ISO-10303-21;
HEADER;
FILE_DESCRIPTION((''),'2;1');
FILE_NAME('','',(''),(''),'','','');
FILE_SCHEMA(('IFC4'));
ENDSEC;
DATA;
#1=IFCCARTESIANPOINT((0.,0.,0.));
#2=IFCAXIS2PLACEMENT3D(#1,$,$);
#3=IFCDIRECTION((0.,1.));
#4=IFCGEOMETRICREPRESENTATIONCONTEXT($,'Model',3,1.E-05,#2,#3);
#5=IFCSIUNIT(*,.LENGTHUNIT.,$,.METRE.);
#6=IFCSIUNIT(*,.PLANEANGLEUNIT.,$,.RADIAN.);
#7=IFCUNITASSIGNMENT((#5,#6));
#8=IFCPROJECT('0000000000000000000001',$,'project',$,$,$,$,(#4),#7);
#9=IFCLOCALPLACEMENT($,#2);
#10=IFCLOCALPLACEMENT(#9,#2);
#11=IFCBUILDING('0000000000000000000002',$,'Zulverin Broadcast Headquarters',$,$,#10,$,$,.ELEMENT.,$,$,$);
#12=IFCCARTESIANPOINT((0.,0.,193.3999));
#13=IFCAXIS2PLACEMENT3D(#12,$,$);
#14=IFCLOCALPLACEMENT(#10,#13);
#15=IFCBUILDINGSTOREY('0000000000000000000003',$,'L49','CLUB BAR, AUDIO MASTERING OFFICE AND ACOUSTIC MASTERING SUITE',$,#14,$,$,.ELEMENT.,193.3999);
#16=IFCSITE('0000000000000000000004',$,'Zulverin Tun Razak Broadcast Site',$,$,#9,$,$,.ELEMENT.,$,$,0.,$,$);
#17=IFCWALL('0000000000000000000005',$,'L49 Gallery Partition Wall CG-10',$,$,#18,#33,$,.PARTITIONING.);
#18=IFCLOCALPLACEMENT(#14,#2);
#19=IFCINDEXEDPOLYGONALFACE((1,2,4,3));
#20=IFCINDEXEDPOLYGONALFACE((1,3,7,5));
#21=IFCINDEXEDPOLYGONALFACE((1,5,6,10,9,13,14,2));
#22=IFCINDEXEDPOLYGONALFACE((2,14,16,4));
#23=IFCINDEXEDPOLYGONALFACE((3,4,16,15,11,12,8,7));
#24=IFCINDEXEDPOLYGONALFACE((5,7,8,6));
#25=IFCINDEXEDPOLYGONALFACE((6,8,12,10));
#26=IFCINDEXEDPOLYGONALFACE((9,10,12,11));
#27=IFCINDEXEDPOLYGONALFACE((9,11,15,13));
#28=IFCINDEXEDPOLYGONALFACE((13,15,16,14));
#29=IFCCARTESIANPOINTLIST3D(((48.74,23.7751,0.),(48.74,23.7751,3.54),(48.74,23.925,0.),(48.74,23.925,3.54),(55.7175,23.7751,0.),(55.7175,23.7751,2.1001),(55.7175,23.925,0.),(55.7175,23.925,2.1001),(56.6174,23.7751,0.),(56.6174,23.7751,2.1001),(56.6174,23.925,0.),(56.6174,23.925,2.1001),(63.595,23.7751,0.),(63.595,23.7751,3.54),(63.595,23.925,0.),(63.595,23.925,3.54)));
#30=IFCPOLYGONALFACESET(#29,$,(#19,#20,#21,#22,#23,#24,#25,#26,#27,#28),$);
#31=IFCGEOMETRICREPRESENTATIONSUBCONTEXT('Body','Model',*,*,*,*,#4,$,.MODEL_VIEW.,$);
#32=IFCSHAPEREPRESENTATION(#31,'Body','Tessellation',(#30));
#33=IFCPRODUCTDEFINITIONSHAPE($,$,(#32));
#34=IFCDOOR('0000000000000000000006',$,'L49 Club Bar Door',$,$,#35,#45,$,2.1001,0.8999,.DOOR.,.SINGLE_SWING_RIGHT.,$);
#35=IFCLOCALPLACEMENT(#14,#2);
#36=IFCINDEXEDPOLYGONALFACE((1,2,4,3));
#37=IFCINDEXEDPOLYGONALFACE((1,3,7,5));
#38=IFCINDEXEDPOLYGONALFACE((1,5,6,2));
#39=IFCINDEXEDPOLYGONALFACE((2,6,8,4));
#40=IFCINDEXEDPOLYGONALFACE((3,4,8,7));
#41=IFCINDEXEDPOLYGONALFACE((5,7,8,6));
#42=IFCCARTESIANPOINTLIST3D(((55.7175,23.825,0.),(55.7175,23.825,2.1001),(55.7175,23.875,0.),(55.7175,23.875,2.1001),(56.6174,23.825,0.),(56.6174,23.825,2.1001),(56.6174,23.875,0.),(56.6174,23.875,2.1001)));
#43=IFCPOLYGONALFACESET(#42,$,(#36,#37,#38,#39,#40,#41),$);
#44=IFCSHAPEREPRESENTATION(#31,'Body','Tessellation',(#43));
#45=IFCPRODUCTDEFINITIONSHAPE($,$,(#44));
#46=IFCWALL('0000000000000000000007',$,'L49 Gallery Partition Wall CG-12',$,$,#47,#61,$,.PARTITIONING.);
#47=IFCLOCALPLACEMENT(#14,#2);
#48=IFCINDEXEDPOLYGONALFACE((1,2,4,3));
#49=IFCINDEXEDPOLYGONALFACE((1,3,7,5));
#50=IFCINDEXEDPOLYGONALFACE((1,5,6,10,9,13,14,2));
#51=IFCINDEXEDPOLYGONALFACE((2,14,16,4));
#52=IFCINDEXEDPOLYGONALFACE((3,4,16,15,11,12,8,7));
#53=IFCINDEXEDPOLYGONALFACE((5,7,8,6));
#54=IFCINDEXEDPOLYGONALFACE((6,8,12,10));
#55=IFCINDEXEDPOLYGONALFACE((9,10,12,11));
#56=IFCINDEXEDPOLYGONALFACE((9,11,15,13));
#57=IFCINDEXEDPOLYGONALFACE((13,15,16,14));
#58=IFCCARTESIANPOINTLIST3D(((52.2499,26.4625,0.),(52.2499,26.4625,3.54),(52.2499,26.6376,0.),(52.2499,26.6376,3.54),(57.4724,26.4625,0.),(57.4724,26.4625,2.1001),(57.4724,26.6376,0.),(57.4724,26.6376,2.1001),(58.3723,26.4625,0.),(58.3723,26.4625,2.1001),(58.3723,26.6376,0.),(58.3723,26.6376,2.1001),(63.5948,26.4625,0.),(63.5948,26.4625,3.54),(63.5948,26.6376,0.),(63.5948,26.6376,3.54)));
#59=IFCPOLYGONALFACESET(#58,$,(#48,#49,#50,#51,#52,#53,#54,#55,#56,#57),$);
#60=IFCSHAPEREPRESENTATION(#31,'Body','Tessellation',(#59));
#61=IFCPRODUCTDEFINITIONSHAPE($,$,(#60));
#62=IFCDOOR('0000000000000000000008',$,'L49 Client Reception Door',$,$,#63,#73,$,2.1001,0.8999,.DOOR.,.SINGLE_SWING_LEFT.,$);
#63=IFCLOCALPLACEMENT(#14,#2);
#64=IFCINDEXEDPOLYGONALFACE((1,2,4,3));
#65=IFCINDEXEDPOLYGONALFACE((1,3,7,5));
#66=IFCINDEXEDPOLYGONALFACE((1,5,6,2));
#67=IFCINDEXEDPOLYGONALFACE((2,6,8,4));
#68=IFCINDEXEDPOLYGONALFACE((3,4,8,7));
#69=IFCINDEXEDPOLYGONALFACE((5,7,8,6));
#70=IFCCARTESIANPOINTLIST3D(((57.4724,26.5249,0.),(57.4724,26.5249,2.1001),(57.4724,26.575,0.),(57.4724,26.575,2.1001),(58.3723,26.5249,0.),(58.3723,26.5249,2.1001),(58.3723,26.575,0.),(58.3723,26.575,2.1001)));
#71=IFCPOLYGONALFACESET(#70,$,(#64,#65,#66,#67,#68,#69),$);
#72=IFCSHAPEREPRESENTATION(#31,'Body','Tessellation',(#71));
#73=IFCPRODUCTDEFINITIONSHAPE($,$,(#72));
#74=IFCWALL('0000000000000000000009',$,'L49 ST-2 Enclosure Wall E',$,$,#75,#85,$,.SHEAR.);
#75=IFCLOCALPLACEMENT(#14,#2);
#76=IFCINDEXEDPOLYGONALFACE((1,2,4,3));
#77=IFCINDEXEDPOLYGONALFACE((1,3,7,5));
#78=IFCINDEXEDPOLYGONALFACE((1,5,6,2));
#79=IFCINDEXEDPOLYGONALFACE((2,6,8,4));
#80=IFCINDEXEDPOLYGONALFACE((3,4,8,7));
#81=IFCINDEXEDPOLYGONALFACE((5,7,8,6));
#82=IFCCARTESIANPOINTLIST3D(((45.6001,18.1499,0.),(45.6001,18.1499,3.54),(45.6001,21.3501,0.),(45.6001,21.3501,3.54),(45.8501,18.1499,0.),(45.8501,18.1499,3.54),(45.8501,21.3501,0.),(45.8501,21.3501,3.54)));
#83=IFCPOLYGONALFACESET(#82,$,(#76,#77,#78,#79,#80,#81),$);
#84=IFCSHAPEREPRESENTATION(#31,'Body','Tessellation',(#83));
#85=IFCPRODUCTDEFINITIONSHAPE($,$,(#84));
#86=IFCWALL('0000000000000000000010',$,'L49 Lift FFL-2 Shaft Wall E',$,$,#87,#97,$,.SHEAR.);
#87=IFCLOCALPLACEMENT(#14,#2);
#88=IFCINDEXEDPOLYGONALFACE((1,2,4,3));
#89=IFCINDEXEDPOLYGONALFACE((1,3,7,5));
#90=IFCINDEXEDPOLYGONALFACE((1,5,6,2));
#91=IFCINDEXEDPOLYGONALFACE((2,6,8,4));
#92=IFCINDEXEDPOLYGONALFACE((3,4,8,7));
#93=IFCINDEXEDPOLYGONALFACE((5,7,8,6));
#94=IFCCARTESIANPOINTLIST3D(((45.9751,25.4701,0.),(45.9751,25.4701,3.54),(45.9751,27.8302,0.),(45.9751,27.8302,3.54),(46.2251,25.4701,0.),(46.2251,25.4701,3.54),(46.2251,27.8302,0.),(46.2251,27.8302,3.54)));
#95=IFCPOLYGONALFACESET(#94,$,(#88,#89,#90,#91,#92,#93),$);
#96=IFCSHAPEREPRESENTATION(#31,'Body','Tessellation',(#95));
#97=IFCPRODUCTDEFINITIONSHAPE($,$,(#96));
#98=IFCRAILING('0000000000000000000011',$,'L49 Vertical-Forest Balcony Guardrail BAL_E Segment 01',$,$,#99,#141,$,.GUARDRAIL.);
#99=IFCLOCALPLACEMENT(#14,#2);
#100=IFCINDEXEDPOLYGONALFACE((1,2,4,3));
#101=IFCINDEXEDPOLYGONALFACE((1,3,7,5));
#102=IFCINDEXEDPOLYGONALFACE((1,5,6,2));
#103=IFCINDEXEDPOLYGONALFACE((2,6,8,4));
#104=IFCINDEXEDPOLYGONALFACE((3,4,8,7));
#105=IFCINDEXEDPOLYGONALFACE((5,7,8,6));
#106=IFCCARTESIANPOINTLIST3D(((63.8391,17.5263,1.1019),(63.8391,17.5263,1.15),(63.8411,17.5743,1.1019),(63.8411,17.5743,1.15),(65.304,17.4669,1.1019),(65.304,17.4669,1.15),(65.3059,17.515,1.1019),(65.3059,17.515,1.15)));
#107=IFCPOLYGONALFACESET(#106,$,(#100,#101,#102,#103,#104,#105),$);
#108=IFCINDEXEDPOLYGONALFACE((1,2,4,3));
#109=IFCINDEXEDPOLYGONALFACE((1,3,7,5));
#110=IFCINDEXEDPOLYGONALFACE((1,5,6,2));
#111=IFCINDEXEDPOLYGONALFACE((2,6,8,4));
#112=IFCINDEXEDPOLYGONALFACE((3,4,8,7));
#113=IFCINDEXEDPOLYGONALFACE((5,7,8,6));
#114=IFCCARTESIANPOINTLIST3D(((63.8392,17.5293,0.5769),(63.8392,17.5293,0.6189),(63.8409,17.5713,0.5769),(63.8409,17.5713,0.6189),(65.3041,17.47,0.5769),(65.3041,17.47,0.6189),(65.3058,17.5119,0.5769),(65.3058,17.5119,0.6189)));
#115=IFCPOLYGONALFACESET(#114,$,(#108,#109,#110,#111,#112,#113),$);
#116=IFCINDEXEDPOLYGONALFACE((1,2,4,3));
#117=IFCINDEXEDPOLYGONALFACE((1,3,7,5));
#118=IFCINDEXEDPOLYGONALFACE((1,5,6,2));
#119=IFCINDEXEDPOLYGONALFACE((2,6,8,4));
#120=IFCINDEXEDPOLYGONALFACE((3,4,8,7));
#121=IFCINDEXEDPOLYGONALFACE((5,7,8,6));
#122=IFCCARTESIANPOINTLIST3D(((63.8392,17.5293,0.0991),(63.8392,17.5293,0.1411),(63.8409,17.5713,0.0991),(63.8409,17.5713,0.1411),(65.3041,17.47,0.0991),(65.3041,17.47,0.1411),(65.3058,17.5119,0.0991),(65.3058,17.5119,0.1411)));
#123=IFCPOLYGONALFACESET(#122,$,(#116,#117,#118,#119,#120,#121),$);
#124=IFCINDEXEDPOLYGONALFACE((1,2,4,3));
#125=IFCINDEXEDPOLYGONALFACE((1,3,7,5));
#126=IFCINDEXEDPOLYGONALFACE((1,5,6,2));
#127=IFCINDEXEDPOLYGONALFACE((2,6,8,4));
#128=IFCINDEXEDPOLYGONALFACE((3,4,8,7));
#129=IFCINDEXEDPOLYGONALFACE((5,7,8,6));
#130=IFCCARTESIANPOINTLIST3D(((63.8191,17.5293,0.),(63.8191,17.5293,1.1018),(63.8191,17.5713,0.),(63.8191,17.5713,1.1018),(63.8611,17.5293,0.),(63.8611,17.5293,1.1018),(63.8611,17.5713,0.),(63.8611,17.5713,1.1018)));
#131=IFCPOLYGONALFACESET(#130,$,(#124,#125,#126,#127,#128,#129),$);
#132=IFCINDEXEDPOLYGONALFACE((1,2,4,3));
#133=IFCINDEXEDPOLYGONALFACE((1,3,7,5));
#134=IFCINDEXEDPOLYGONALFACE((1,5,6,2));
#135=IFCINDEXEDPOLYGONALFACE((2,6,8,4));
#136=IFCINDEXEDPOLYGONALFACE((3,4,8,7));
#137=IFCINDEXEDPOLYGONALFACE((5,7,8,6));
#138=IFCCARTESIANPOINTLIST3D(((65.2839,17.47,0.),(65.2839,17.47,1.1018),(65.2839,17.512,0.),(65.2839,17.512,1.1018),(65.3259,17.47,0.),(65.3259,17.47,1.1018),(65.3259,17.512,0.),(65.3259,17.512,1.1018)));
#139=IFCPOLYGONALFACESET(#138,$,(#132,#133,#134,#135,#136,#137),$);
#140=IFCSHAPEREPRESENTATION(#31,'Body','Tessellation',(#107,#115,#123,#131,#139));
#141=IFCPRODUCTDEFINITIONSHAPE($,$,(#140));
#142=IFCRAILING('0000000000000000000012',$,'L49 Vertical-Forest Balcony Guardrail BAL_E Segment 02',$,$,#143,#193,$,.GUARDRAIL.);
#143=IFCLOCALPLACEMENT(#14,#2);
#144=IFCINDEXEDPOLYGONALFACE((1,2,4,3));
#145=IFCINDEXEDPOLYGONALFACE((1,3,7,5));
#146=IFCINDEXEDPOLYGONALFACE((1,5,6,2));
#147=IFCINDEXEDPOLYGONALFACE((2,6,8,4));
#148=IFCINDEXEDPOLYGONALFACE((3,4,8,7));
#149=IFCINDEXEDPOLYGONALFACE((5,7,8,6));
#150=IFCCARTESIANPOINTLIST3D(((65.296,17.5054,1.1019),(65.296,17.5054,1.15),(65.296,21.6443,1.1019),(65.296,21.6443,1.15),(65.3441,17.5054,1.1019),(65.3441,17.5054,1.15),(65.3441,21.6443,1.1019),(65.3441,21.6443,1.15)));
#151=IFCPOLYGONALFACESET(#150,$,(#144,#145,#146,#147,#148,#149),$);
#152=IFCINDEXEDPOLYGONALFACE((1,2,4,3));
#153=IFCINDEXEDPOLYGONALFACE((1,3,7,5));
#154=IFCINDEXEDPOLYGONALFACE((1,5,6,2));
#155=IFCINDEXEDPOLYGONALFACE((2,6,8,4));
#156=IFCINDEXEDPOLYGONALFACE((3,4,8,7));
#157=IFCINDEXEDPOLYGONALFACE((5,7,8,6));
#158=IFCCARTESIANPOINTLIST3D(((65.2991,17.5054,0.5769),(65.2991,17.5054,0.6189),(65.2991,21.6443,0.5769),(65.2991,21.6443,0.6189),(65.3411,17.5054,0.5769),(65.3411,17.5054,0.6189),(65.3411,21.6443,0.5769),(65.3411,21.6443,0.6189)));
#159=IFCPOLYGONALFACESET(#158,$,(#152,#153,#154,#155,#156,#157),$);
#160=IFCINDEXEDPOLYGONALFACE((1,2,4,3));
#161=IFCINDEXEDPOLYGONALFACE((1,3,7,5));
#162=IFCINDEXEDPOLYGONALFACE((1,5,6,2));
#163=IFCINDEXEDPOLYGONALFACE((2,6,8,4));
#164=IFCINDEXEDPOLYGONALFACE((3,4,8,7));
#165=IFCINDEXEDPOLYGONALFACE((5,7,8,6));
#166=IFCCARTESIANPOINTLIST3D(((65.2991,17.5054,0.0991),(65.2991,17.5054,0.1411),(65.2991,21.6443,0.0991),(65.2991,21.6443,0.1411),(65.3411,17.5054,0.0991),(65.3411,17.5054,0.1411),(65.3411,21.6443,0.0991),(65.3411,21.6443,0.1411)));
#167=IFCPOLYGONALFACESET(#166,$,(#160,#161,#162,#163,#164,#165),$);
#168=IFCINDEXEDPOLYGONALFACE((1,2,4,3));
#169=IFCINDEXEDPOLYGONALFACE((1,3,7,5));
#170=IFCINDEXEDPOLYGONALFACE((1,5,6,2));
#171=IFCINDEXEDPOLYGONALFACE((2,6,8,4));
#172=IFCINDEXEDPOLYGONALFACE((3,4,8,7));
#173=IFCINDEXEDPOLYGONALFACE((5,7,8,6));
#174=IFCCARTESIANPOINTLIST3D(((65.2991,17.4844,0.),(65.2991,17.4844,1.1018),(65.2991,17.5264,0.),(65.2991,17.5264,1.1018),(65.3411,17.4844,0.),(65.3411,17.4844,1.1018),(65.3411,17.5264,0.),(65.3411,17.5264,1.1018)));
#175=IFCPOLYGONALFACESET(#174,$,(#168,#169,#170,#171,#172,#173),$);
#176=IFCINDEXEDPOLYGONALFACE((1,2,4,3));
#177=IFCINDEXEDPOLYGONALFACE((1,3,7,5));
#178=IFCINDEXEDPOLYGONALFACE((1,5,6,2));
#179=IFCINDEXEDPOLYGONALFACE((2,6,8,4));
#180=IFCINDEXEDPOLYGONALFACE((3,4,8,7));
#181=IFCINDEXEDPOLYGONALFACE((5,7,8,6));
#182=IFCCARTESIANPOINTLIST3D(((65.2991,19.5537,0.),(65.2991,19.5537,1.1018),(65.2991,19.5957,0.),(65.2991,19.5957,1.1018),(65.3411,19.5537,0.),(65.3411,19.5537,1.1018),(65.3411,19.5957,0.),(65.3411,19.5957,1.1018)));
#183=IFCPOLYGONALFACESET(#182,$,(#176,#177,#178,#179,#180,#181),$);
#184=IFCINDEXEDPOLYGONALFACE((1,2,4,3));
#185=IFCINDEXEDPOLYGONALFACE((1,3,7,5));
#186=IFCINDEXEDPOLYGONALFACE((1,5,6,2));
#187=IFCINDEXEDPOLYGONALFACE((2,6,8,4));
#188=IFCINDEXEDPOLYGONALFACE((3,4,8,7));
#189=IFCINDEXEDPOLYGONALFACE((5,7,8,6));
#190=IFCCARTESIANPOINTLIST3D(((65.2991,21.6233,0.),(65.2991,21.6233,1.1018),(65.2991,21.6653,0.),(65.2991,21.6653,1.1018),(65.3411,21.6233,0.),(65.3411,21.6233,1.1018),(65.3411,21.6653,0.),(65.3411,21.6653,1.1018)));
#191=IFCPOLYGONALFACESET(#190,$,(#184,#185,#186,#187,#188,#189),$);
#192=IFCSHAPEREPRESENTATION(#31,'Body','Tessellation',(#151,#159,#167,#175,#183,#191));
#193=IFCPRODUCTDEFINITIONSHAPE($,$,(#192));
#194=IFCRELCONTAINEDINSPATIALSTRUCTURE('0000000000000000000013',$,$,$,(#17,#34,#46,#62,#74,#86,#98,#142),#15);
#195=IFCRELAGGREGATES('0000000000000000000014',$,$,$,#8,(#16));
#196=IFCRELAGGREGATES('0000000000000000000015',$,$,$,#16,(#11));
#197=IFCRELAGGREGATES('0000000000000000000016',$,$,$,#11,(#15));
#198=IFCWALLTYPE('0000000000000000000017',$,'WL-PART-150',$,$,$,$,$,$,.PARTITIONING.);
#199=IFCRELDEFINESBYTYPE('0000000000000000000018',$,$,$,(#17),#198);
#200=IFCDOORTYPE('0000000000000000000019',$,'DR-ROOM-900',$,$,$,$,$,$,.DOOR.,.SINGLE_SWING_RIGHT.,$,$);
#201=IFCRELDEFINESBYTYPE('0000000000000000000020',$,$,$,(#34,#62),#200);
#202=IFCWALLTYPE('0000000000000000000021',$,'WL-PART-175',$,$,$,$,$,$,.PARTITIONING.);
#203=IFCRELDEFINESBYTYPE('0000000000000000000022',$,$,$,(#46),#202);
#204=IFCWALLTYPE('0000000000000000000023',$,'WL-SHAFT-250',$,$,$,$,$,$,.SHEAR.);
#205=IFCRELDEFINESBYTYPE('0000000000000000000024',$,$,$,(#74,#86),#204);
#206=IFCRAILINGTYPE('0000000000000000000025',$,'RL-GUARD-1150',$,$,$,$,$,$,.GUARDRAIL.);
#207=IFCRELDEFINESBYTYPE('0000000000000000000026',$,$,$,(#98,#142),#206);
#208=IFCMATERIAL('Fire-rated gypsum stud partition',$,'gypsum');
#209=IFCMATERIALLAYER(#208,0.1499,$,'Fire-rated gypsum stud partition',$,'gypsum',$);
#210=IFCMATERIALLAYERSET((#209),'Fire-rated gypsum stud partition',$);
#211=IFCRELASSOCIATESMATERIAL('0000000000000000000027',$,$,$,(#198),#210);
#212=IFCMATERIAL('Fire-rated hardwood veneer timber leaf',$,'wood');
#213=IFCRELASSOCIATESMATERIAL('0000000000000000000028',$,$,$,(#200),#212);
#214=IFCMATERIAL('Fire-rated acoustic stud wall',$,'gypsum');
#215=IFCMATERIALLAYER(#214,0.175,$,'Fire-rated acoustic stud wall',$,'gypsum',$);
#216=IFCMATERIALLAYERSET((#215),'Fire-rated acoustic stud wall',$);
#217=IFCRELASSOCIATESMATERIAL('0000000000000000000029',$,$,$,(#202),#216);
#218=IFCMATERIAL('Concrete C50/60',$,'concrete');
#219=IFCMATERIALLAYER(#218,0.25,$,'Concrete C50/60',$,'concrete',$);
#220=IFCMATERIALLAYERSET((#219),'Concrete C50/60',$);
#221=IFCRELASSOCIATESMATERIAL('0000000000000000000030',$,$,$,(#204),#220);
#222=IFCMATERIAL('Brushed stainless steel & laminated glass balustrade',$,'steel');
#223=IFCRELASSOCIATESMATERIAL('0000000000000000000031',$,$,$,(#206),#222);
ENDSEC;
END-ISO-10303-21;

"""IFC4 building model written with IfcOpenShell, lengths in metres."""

from ifc_helpers import new_model, si_unit, direction, frame, frame_2d, origin, origin_2d, place, context, subcontext, project, spatial, rectangle, extrude, material, layer, layer_set, type_object, element, fill, save


model = new_model("IFC4")

# Units and contexts
model_context = context("Model", 3, precision=1e-05, world=origin(), true_north=direction((0.0, 1.0)))
body_context = subcontext(model_context, "Body", "Model", "MODEL_VIEW")
ifc_project = project(units=[si_unit("LENGTHUNIT", "METRE"), si_unit("PLANEANGLEUNIT", "RADIAN")], contexts=[model_context])

# Site, building, storey
site_placement = place(None, origin())
site = spatial("IfcSite", under=ifc_project, at=site_placement, Name="Zulverin Tun Razak Broadcast Site", CompositionType="ELEMENT", RefElevation=0.0)
building_placement = place(site_placement, origin())
building = spatial("IfcBuilding", under=site, at=building_placement, Name="Zulverin Broadcast Headquarters", CompositionType="ELEMENT")
storey_placement = place(building_placement, frame((0.0, 0.0, 193.3999)))
storey = spatial("IfcBuildingStorey", under=building, at=storey_placement, Name="L49", Description="CLUB BAR, AUDIO MASTERING OFFICE AND ACOUSTIC MASTERING SUITE", CompositionType="ELEMENT", Elevation=193.3999)

# Shared definitions
ifc_material_1 = material(Name="Concrete C50/60", Category="concrete")

# Walls, openings, doors
ifc_material_2 = material(Name="Fire-rated gypsum stud partition", Category="gypsum")
ifc_layer_1 = layer(ifc_material_2, 0.1499, Name="Fire-rated gypsum stud partition", Category="gypsum")
ifc_layer_set_1 = layer_set([ifc_layer_1], Name="Fire-rated gypsum stud partition")
wall_type_1 = type_object("IfcWallType", Name="WL-PART-150", PredefinedType="PARTITIONING", material=ifc_layer_set_1)
wall_1_placement = place(storey_placement, frame((48.74, 23.8501, 0.0), z_axis=(0.0, 0.0, 1.0), x_axis=(1.0, 0.0, 0.0)))
wall_1 = element("IfcWall", 1, at=wall_1_placement, inside=storey, type_object=wall_type_1, Name="L49 Gallery Partition Wall CG-10", PredefinedType="PARTITIONING", context=body_context, shape_type="SweptSolid", body=[
    extrude(rectangle(XDim=14.855, YDim=0.1499, at=frame_2d((7.4275, 0.0))), origin(), (0.0, 0.0, 1.0), 3.54),
])
opening_1_placement = place(wall_1_placement, frame((6.9775, 0.0, 0.0)))
opening_1 = element("IfcOpeningElement", 2, at=opening_1_placement, cuts=wall_1, PredefinedType="OPENING", context=body_context, shape_type="SweptSolid", body=[
    extrude(rectangle(XDim=0.8999, YDim=2.1001, at=frame_2d((0.45, 1.05))), frame((0.0, 0.085, 0.0), z_axis=(0.0, -1.0, 0.0), x_axis=(1.0, 0.0, 0.0)), (0.0, 0.0, 1.0), 0.1699),
])
ifc_material_3 = material(Name="Fire-rated hardwood veneer timber leaf", Category="wood")
door_type_1 = type_object("IfcDoorType", Name="DR-ROOM-900", OperationType="SINGLE_SWING_RIGHT", PredefinedType="DOOR", material=ifc_material_3)
door_1_placement = place(opening_1_placement, origin())
door_1 = element("IfcDoor", 3, at=door_1_placement, inside=storey, type_object=door_type_1, Name="L49 Club Bar Door", OperationType="SINGLE_SWING_RIGHT", OverallHeight=2.1001, OverallWidth=0.8999, PredefinedType="DOOR", context=body_context, shape_type="SweptSolid", body=[
    extrude(rectangle(XDim=0.8999, YDim=2.1001, at=frame_2d((0.45, 1.05))), frame((0.0, 0.0249, 0.0), z_axis=(0.0, -1.0, 0.0), x_axis=(1.0, 0.0, 0.0)), (0.0, 0.0, 1.0), 0.05),
])
fill(opening_1, door_1)
ifc_material_4 = material(Name="Fire-rated acoustic stud wall", Category="gypsum")
ifc_layer_2 = layer(ifc_material_4, 0.175, Name="Fire-rated acoustic stud wall", Category="gypsum")
ifc_layer_set_2 = layer_set([ifc_layer_2], Name="Fire-rated acoustic stud wall")
wall_type_2 = type_object("IfcWallType", Name="WL-PART-175", PredefinedType="PARTITIONING", material=ifc_layer_set_2)
wall_2_placement = place(storey_placement, frame((52.25, 26.55, 0.0), z_axis=(0.0, 0.0, 1.0), x_axis=(1.0, 0.0, 0.0)))
wall_2 = element("IfcWall", 4, at=wall_2_placement, inside=storey, type_object=wall_type_2, Name="L49 Gallery Partition Wall CG-12", PredefinedType="PARTITIONING", context=body_context, shape_type="SweptSolid", body=[
    extrude(rectangle(XDim=11.345, YDim=0.175, at=frame_2d((5.6724, 0.0))), origin(), (0.0, 0.0, 1.0), 3.54),
])
opening_2_placement = place(wall_2_placement, frame((5.2224, 0.0, 0.0)))
opening_2 = element("IfcOpeningElement", 5, at=opening_2_placement, cuts=wall_2, PredefinedType="OPENING", context=body_context, shape_type="SweptSolid", body=[
    extrude(rectangle(XDim=0.8999, YDim=2.1001, at=frame_2d((0.45, 1.05))), frame((0.0, 0.0974, 0.0), z_axis=(0.0, -1.0, 0.0), x_axis=(1.0, 0.0, 0.0)), (0.0, 0.0, 1.0), 0.1951),
])
door_2_placement = place(opening_2_placement, origin())
door_2 = element("IfcDoor", 6, at=door_2_placement, inside=storey, type_object=door_type_1, Name="L49 Client Reception Door", OperationType="SINGLE_SWING_LEFT", OverallHeight=2.1001, OverallWidth=0.8999, PredefinedType="DOOR", context=body_context, shape_type="SweptSolid", body=[
    extrude(rectangle(XDim=0.8999, YDim=2.1001, at=frame_2d((0.45, 1.05))), frame((0.0, 0.0249, 0.0), z_axis=(0.0, -1.0, 0.0), x_axis=(1.0, 0.0, 0.0)), (0.0, 0.0, 1.0), 0.05),
])
fill(opening_2, door_2)

# Walls
ifc_layer_3 = layer(ifc_material_1, 0.25, Name="Concrete C50/60", Category="concrete")
ifc_layer_set_3 = layer_set([ifc_layer_3], Name="Concrete C50/60")
wall_type_3 = type_object("IfcWallType", Name="WL-SHAFT-250", PredefinedType="SHEAR", material=ifc_layer_set_3)
wall_3_placement = place(storey_placement, frame((45.7251, 18.1499, 0.0), z_axis=(0.0, 0.0, 1.0), x_axis=(0.0, 1.0, 0.0)))
element("IfcWall", 7, at=wall_3_placement, inside=storey, type_object=wall_type_3, Name="L49 ST-2 Enclosure Wall E", PredefinedType="SHEAR", context=body_context, shape_type="SweptSolid", body=[
    extrude(rectangle(XDim=3.2002, YDim=0.25, at=frame_2d((1.6001, 0.0))), origin(), (0.0, 0.0, 1.0), 3.54),
])
wall_4_placement = place(storey_placement, frame((46.1001, 25.47, 0.0), z_axis=(0.0, 0.0, 1.0), x_axis=(0.0, 1.0, 0.0)))
element("IfcWall", 8, at=wall_4_placement, inside=storey, type_object=wall_type_3, Name="L49 Lift FFL-2 Shaft Wall E", PredefinedType="SHEAR", context=body_context, shape_type="SweptSolid", body=[
    extrude(rectangle(XDim=2.3601, YDim=0.25, at=frame_2d((1.1802, 0.0))), origin(), (0.0, 0.0, 1.0), 3.54),
])

# Railings
ifc_material_5 = material(Name="Brushed stainless steel & laminated glass balustrade", Category="steel")
railing_type = type_object("IfcRailingType", Name="RL-GUARD-1150", PredefinedType="GUARDRAIL", material=ifc_material_5)
railing_1_placement = place(storey_placement, frame((63.8401, 17.5503, 0.0)))
element("IfcRailing", 9, at=railing_1_placement, inside=storey, type_object=railing_type, Name="L49 Vertical-Forest Balcony Guardrail BAL_E Segment 01", PredefinedType="GUARDRAIL", context=body_context, shape_type="SweptSolid", body=[
    extrude(rectangle(XDim=0.0481, YDim=0.0481, at=origin_2d()), frame((0.0, 0.0, 1.126), z_axis=(0.999181, -0.040467, 0.0), x_axis=(0.040467, 0.999181, 0.0)), (0.0, 0.0, 1.0), 1.4661),
    extrude(rectangle(XDim=0.042, YDim=0.042, at=origin_2d()), frame((0.0, 0.0, 0.5979), z_axis=(0.999181, -0.040467, 0.0), x_axis=(0.040467, 0.999181, 0.0)), (0.0, 0.0, 1.0), 1.4661),
    extrude(rectangle(XDim=0.042, YDim=0.042, at=origin_2d()), frame((0.0, 0.0, 0.1201), z_axis=(0.999181, -0.040467, 0.0), x_axis=(0.040467, 0.999181, 0.0)), (0.0, 0.0, 1.0), 1.4661),
    extrude(rectangle(XDim=0.042, YDim=0.042, at=origin_2d()), origin(), (0.0, 0.0, 1.0), 1.1018),
    extrude(rectangle(XDim=0.042, YDim=0.042, at=origin_2d()), frame((1.4648, -0.0593, 0.0)), (0.0, 0.0, 1.0), 1.1018),
])
railing_2_placement = place(storey_placement, frame((65.3201, 17.5054, 0.0)))
element("IfcRailing", 10, at=railing_2_placement, inside=storey, type_object=railing_type, Name="L49 Vertical-Forest Balcony Guardrail BAL_E Segment 02", PredefinedType="GUARDRAIL", context=body_context, shape_type="SweptSolid", body=[
    extrude(rectangle(XDim=0.0481, YDim=0.0481, at=origin_2d()), frame((0.0, 0.0, 1.126), z_axis=(0.0, 1.0, 0.0), x_axis=(-1.0, 0.0, 0.0)), (0.0, 0.0, 1.0), 4.1389),
    extrude(rectangle(XDim=0.042, YDim=0.042, at=origin_2d()), frame((0.0, 0.0, 0.5979), z_axis=(0.0, 1.0, 0.0), x_axis=(-1.0, 0.0, 0.0)), (0.0, 0.0, 1.0), 4.1389),
    extrude(rectangle(XDim=0.042, YDim=0.042, at=origin_2d()), frame((0.0, 0.0, 0.1201), z_axis=(0.0, 1.0, 0.0), x_axis=(-1.0, 0.0, 0.0)), (0.0, 0.0, 1.0), 4.1389),
    extrude(rectangle(XDim=0.042, YDim=0.042, at=origin_2d()), origin(), (0.0, 0.0, 1.0), 1.1018),
    extrude(rectangle(XDim=0.042, YDim=0.042, at=origin_2d()), frame((0.0, 2.0693, 0.0)), (0.0, 0.0, 1.0), 1.1018),
    extrude(rectangle(XDim=0.042, YDim=0.042, at=origin_2d()), frame((0.0, 4.1389, 0.0)), (0.0, 0.0, 1.0), 1.1018),
])

save(model, "model.ifc")
